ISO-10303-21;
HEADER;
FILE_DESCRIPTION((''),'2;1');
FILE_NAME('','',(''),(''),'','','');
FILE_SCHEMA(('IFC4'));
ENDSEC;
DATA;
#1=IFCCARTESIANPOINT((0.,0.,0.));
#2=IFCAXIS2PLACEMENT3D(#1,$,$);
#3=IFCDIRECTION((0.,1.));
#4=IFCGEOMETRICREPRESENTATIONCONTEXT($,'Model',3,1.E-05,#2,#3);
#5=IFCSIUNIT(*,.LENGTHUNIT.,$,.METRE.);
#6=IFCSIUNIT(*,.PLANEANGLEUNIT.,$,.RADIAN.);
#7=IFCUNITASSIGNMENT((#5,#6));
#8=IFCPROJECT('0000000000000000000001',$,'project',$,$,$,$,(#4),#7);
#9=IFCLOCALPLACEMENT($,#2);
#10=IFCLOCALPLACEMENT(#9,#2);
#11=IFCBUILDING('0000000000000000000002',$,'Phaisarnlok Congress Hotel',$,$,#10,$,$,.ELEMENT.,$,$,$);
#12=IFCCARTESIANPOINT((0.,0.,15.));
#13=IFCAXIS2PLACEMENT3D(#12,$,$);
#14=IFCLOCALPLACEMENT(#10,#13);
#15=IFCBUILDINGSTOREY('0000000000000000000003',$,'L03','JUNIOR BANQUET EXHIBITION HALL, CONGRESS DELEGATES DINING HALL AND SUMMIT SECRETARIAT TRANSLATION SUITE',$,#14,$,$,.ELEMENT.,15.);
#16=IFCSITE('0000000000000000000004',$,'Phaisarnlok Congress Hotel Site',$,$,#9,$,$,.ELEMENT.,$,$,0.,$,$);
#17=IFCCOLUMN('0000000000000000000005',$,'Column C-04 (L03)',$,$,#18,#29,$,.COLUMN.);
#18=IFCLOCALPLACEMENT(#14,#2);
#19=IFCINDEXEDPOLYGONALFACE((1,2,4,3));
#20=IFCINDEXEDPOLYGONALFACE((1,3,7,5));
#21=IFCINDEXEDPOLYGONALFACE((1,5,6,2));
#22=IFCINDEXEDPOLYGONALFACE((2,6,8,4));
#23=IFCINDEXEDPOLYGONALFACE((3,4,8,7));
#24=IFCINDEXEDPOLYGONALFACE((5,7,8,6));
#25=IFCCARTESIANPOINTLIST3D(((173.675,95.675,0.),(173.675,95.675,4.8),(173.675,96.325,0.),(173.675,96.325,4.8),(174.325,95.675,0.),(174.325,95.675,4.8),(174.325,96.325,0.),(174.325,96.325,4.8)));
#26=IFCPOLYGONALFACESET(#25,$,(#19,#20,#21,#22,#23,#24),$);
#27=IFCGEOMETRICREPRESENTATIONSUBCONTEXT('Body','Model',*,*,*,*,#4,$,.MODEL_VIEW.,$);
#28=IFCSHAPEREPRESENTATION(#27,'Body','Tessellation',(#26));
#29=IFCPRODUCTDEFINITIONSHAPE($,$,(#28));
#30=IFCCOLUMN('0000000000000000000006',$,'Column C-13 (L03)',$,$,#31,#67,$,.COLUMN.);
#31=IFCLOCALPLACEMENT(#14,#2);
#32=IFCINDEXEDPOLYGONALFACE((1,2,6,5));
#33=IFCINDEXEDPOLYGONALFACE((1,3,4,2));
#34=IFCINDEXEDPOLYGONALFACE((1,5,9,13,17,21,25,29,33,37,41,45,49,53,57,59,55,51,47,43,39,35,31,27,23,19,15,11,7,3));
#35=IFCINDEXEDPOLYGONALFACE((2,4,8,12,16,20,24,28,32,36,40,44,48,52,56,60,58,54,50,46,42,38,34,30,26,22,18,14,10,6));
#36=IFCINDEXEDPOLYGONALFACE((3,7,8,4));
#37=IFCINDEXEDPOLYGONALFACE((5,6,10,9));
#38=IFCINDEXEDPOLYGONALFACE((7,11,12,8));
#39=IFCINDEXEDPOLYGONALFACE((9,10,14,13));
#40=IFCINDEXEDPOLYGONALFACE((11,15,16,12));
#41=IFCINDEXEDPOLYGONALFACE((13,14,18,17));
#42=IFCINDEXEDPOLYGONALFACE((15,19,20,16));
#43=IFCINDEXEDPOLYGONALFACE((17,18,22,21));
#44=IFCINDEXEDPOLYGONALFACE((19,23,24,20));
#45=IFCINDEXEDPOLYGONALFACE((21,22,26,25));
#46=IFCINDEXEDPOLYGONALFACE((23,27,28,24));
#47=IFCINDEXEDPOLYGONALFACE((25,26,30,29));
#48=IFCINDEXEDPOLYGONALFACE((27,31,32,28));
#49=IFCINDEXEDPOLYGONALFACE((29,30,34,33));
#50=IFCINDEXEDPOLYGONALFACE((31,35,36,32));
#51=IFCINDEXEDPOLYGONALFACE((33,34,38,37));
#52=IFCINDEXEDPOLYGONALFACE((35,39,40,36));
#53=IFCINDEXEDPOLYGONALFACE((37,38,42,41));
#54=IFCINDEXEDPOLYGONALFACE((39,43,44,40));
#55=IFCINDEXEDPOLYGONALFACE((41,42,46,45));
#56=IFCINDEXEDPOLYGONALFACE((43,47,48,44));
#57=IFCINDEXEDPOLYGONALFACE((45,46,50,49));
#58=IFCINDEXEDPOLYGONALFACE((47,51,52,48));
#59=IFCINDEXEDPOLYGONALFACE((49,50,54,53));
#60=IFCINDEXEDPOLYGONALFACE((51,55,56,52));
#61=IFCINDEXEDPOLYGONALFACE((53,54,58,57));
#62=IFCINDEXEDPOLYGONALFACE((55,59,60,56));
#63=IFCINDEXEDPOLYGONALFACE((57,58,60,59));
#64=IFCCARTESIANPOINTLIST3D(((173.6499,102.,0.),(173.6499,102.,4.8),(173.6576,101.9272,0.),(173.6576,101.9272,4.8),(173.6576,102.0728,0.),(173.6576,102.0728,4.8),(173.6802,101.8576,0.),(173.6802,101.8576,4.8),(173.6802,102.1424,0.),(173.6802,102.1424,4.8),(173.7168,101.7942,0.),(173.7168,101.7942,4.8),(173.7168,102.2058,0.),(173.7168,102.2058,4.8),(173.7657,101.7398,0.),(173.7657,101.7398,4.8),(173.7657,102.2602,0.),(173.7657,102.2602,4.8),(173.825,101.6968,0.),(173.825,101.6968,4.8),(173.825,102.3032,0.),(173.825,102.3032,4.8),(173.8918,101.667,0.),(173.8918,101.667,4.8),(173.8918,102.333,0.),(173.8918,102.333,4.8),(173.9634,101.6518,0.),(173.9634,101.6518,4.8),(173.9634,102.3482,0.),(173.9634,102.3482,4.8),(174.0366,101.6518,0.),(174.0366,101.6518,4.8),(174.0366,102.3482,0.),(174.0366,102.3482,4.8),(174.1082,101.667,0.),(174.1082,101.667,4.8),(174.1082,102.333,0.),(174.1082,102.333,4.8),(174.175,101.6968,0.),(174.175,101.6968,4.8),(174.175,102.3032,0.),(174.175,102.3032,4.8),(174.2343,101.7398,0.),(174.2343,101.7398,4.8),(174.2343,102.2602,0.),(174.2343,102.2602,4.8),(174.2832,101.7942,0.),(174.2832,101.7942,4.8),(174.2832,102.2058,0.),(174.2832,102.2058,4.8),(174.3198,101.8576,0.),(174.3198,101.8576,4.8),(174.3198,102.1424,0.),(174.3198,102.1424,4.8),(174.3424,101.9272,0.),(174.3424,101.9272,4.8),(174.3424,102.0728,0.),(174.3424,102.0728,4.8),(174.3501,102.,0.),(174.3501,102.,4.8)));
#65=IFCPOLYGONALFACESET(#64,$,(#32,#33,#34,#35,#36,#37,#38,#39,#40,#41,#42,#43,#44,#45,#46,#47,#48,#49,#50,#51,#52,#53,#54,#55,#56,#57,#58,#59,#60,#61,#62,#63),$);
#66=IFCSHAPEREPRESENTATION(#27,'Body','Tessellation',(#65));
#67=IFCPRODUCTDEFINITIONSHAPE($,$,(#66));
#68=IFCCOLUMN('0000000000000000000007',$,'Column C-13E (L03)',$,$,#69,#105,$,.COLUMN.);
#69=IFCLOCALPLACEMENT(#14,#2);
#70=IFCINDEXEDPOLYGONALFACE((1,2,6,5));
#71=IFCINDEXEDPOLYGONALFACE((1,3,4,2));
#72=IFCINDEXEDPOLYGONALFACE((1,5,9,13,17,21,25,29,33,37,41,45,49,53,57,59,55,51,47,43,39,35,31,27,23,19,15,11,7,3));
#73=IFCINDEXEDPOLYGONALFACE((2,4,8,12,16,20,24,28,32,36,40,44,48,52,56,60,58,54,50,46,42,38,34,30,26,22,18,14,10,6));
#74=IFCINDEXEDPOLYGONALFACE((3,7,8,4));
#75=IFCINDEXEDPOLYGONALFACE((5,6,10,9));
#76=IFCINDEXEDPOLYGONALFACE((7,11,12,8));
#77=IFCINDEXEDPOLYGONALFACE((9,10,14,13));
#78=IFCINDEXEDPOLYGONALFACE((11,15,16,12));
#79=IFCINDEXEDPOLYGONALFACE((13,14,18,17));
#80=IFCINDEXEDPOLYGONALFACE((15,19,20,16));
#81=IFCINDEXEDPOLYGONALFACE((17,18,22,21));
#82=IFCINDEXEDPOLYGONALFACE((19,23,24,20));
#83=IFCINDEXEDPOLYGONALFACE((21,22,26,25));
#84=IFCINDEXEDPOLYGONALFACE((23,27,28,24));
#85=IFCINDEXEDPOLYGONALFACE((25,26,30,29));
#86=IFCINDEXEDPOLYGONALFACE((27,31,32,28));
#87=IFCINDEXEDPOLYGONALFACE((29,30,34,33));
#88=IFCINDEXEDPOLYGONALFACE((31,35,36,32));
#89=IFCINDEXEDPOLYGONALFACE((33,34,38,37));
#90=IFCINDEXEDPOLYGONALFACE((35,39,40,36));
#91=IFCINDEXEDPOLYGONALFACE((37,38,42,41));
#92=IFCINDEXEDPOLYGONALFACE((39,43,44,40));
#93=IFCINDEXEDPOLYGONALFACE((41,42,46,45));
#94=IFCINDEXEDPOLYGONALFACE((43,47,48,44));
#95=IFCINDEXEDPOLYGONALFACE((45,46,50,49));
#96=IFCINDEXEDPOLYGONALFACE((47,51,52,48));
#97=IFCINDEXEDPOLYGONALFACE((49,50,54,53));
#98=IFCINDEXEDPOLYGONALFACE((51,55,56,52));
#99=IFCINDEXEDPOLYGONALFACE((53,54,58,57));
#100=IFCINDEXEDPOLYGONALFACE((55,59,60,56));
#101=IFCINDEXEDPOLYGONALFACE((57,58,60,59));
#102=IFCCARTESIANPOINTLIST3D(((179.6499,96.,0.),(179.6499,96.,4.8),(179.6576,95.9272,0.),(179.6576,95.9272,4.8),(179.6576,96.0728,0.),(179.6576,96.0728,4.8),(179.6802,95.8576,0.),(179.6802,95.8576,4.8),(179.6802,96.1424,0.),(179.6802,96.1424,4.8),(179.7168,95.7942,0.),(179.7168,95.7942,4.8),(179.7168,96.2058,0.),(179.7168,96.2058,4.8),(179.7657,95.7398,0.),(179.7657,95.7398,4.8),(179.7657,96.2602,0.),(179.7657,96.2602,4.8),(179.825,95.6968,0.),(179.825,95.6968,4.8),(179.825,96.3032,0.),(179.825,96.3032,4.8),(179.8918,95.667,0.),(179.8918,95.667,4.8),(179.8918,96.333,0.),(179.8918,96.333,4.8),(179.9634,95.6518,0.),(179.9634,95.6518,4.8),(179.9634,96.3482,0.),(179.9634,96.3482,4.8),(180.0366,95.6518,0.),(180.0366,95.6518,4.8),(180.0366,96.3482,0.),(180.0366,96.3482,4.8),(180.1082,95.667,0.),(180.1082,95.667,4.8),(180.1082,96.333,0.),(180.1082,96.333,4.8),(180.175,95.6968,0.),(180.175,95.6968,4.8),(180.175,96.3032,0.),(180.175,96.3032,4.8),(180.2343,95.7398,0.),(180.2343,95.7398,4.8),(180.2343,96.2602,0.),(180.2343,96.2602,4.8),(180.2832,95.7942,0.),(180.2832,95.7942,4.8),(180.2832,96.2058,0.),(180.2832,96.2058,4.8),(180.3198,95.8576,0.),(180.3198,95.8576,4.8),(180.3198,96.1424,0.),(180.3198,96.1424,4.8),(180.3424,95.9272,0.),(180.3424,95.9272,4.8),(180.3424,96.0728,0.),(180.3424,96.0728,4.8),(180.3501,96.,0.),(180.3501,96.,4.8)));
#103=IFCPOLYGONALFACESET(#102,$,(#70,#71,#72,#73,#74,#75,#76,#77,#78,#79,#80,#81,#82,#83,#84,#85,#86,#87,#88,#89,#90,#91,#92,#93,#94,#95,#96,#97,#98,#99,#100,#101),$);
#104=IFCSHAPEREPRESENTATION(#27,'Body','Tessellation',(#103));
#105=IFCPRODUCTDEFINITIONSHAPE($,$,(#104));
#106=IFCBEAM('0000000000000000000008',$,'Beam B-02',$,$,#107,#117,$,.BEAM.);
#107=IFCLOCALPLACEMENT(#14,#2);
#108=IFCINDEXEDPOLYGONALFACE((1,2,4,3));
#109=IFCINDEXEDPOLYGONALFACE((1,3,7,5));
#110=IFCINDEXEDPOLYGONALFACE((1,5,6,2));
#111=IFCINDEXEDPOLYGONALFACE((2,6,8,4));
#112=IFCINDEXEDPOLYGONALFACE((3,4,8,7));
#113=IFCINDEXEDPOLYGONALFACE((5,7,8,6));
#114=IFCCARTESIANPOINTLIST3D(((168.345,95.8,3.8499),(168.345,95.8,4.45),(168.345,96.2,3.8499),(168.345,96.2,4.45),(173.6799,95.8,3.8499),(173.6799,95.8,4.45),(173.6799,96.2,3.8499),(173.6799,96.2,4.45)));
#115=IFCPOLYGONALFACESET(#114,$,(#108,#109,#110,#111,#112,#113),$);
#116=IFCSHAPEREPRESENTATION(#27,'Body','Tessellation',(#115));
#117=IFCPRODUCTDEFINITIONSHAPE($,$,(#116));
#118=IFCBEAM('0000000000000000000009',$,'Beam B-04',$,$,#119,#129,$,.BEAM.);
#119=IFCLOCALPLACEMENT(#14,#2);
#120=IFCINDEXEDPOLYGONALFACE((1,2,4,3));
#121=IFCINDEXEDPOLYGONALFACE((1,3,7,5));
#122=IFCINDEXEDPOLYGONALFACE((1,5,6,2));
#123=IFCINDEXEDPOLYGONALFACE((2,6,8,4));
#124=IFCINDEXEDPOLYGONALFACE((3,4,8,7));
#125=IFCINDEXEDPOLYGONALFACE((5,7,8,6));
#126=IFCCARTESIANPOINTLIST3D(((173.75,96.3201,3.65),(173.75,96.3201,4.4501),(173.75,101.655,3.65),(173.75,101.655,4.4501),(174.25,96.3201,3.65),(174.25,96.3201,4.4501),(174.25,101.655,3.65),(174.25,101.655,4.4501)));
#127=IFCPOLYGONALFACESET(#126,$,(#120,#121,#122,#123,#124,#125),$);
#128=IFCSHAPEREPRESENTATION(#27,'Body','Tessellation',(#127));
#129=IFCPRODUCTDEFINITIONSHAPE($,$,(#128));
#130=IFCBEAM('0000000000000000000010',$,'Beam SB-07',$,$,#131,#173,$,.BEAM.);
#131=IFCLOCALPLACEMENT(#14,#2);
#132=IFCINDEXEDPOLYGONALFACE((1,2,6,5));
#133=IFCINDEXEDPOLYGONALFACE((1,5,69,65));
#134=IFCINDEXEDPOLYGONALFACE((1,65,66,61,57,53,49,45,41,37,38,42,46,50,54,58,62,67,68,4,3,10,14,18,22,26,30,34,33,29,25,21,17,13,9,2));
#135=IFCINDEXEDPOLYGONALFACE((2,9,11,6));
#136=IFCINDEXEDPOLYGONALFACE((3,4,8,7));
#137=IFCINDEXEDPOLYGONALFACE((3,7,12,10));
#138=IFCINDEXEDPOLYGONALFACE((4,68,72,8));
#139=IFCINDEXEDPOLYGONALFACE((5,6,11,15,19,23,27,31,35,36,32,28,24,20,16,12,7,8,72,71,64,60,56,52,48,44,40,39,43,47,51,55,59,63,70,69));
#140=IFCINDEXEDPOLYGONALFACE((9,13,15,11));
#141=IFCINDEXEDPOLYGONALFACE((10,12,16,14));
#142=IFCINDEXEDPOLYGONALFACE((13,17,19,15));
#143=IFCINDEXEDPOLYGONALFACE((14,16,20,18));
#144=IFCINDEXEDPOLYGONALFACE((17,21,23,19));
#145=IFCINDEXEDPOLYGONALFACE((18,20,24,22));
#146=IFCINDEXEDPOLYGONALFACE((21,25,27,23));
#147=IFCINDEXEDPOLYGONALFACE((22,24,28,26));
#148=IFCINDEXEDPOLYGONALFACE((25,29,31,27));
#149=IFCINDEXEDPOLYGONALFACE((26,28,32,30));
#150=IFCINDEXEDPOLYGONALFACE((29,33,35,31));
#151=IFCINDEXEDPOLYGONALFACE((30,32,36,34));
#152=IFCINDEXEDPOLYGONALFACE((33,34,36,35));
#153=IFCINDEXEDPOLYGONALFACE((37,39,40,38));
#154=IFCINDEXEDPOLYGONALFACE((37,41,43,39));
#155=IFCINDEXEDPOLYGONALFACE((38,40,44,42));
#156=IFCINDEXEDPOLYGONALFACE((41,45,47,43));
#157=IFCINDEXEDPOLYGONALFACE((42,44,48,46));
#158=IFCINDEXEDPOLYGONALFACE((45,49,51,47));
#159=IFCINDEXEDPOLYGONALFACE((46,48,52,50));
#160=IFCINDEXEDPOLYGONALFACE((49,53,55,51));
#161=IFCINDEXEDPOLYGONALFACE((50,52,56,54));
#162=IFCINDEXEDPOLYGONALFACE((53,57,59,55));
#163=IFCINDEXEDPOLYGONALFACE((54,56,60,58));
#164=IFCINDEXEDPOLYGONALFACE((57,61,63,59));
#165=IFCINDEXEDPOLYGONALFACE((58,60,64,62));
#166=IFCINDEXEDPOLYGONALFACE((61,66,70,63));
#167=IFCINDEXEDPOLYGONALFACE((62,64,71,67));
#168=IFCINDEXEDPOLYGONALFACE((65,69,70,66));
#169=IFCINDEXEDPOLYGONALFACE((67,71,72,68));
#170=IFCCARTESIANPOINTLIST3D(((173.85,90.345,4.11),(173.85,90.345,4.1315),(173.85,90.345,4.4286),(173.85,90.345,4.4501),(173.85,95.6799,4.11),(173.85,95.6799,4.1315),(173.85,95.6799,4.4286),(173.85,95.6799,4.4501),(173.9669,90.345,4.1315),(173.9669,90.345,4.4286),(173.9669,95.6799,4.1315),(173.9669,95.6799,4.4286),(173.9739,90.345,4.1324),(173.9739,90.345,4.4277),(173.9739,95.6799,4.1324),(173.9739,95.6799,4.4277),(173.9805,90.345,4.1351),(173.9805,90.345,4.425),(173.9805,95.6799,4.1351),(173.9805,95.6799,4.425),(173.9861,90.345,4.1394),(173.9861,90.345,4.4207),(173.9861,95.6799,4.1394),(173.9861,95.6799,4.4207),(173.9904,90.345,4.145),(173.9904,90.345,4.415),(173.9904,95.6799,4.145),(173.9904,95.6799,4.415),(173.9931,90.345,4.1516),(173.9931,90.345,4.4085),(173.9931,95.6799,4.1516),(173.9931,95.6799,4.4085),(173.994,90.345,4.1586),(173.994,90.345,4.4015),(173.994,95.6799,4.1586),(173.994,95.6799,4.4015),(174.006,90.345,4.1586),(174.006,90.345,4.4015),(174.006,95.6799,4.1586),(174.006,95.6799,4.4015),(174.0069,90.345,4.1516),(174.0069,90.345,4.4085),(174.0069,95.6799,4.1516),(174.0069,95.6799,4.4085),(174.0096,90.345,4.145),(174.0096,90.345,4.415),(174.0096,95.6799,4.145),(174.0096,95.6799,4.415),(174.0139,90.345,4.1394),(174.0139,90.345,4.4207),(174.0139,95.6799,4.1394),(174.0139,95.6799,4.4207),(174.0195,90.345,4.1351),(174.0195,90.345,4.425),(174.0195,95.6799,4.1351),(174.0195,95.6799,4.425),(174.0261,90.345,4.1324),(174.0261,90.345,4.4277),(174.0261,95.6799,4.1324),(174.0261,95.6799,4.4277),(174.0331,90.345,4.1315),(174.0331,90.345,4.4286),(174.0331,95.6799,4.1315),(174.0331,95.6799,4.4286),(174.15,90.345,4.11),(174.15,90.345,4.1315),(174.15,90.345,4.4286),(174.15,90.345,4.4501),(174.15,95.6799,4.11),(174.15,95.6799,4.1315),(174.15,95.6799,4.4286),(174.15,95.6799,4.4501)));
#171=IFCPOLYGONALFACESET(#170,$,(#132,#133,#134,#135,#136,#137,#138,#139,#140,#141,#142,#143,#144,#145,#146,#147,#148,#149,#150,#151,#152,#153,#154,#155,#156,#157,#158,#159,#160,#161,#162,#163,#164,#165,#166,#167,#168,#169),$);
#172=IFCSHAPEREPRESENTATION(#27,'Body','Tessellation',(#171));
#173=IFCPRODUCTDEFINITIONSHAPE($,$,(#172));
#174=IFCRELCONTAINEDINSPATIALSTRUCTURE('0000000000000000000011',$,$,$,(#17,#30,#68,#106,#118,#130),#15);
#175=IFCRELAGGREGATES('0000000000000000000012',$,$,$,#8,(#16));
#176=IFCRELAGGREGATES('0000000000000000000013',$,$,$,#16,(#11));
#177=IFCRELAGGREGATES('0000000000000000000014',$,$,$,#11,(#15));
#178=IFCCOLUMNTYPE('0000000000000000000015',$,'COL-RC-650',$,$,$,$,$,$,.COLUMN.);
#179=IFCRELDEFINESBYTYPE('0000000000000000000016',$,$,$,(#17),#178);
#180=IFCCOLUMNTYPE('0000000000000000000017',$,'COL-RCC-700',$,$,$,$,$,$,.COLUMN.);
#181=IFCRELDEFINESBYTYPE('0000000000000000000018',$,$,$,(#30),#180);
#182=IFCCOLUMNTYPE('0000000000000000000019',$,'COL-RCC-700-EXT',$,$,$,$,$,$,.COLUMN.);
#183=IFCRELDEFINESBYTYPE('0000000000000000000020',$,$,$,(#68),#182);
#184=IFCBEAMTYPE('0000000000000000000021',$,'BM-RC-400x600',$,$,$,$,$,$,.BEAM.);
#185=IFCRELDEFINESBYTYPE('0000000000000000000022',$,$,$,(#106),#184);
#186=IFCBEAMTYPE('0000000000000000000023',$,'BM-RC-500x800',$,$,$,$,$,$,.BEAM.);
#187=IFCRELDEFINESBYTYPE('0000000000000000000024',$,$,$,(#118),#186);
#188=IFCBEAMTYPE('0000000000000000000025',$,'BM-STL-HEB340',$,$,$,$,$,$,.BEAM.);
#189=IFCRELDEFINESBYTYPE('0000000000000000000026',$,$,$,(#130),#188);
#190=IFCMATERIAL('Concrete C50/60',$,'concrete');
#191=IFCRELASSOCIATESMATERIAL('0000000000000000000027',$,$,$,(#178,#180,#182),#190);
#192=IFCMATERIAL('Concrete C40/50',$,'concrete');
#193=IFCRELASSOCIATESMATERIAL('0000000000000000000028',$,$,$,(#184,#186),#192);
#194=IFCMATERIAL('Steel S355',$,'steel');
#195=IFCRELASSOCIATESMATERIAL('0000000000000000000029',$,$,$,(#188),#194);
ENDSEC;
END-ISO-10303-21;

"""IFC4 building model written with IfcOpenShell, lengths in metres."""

from ifc_helpers import new_model, si_unit, direction, frame, origin, origin_2d, place, context, subcontext, project, spatial, rectangle, circle, i_section, extrude, material, material_profile, profile_set, type_object, element, save


model = new_model("IFC4")

# Units and contexts
model_context = context("Model", 3, precision=1e-05, world=origin(), true_north=direction((0.0, 1.0)))
body_context = subcontext(model_context, "Body", "Model", "MODEL_VIEW")
ifc_project = project(units=[si_unit("LENGTHUNIT", "METRE"), si_unit("PLANEANGLEUNIT", "RADIAN")], contexts=[model_context])

# Site, building, storey
site_placement = place(None, origin())
site = spatial("IfcSite", under=ifc_project, at=site_placement, Name="Phaisarnlok Congress Hotel Site", CompositionType="ELEMENT", RefElevation=0.0)
building_placement = place(site_placement, origin())
building = spatial("IfcBuilding", under=site, at=building_placement, Name="Phaisarnlok Congress Hotel", CompositionType="ELEMENT")
storey_placement = place(building_placement, frame((0.0, 0.0, 15.0)))
storey = spatial("IfcBuildingStorey", under=building, at=storey_placement, Name="L03", Description="JUNIOR BANQUET EXHIBITION HALL, CONGRESS DELEGATES DINING HALL AND SUMMIT SECRETARIAT TRANSLATION SUITE", CompositionType="ELEMENT", Elevation=15.0)

# Columns
ifc_material_1 = material(Name="Concrete C50/60", Category="concrete")
ifc_material_profile_1 = material_profile(ifc_material_1, rectangle(XDim=0.6499, YDim=0.6499, at=origin_2d()), Name="RC 650x650")
ifc_profile_set_1 = profile_set([ifc_material_profile_1], Name="Concrete C50/60")
column_type_1 = type_object("IfcColumnType", Name="COL-RC-650", PredefinedType="COLUMN", material=ifc_profile_set_1)
column_1_placement = place(storey_placement, frame((174.0, 96.0, 0.0), z_axis=(0.0, 0.0, 1.0), x_axis=(1.0, 0.0, 0.0)))
element("IfcColumn", 1, at=column_1_placement, inside=storey, type_object=column_type_1, Name="Column C-04 (L03)", PredefinedType="COLUMN", context=body_context, shape_type="SweptSolid", body=[
    extrude(rectangle(XDim=0.6499, YDim=0.6499, at=origin_2d()), origin(), (0.0, 0.0, 1.0), 4.8),
])
ifc_material_profile_2 = material_profile(ifc_material_1, circle(Radius=0.3501, at=origin_2d()), Name="RCC D700")
ifc_profile_set_2 = profile_set([ifc_material_profile_2], Name="Concrete C50/60")
column_type_2 = type_object("IfcColumnType", Name="COL-RCC-700", PredefinedType="COLUMN", material=ifc_profile_set_2)
column_2_placement = place(storey_placement, frame((174.0, 102.0, 0.0), z_axis=(0.0, 0.0, 1.0), x_axis=(1.0, 0.0, 0.0)))
element("IfcColumn", 2, at=column_2_placement, inside=storey, type_object=column_type_2, Name="Column C-13 (L03)", PredefinedType="COLUMN", context=body_context, shape_type="SweptSolid", body=[
    extrude(circle(Radius=0.3501, at=origin_2d()), origin(), (0.0, 0.0, 1.0), 4.8),
])
ifc_material_profile_3 = material_profile(ifc_material_1, circle(Radius=0.3501, at=origin_2d()), Name="RCC D700")
ifc_profile_set_3 = profile_set([ifc_material_profile_3], Name="Concrete C50/60")
column_type_3 = type_object("IfcColumnType", Name="COL-RCC-700-EXT", PredefinedType="COLUMN", material=ifc_profile_set_3)
column_3_placement = place(storey_placement, frame((180.0, 96.0, 0.0), z_axis=(0.0, 0.0, 1.0), x_axis=(1.0, 0.0, 0.0)))
element("IfcColumn", 3, at=column_3_placement, inside=storey, type_object=column_type_3, Name="Column C-13E (L03)", PredefinedType="COLUMN", context=body_context, shape_type="SweptSolid", body=[
    extrude(circle(Radius=0.3501, at=origin_2d()), origin(), (0.0, 0.0, 1.0), 4.8),
])

# Beams
ifc_material_2 = material(Name="Concrete C40/50", Category="concrete")
ifc_material_profile_4 = material_profile(ifc_material_2, rectangle(XDim=0.3999, YDim=0.6001, at=origin_2d()), Name="RC 400x600")
ifc_profile_set_4 = profile_set([ifc_material_profile_4], Name="Concrete C40/50")
beam_type_1 = type_object("IfcBeamType", Name="BM-RC-400x600", PredefinedType="BEAM", material=ifc_profile_set_4)
beam_1_placement = place(storey_placement, frame((168.345, 96.0, 4.1499), z_axis=(1.0, 0.0, 0.0), x_axis=(0.0, 1.0, 0.0)))
element("IfcBeam", 4, at=beam_1_placement, inside=storey, type_object=beam_type_1, Name="Beam B-02", PredefinedType="BEAM", context=body_context, shape_type="SweptSolid", body=[
    extrude(rectangle(XDim=0.3999, YDim=0.6001, at=origin_2d()), origin(), (0.0, 0.0, 1.0), 5.335),
])
ifc_material_profile_5 = material_profile(ifc_material_2, rectangle(XDim=0.5, YDim=0.8, at=origin_2d()), Name="RC 500x800")
ifc_profile_set_5 = profile_set([ifc_material_profile_5], Name="Concrete C40/50")
beam_type_2 = type_object("IfcBeamType", Name="BM-RC-500x800", PredefinedType="BEAM", material=ifc_profile_set_5)
beam_2_placement = place(storey_placement, frame((174.0, 96.3201, 4.05), z_axis=(0.0, 1.0, 0.0), x_axis=(-1.0, 0.0, 0.0)))
element("IfcBeam", 5, at=beam_2_placement, inside=storey, type_object=beam_type_2, Name="Beam B-04", PredefinedType="BEAM", context=body_context, shape_type="SweptSolid", body=[
    extrude(rectangle(XDim=0.5, YDim=0.8, at=origin_2d()), origin(), (0.0, 0.0, 1.0), 5.335),
])
ifc_material_3 = material(Name="Steel S355", Category="steel")
ifc_material_profile_6 = material_profile(ifc_material_3, i_section(OverallWidth=0.3, OverallDepth=0.3401, WebThickness=0.012, FlangeThickness=0.0215, FilletRadius=0.0271, at=origin_2d()), Name="HEB 340")
ifc_profile_set_6 = profile_set([ifc_material_profile_6], Name="Steel S355")
beam_type_3 = type_object("IfcBeamType", Name="BM-STL-HEB340", PredefinedType="BEAM", material=ifc_profile_set_6)
beam_3_placement = place(storey_placement, frame((174.0, 90.345, 4.28), z_axis=(0.0, 1.0, 0.0), x_axis=(-1.0, 0.0, 0.0)))
element("IfcBeam", 6, at=beam_3_placement, inside=storey, type_object=beam_type_3, Name="Beam SB-07", PredefinedType="BEAM", context=body_context, shape_type="SweptSolid", body=[
    extrude(i_section(OverallWidth=0.3, OverallDepth=0.3401, WebThickness=0.012, FlangeThickness=0.0215, FilletRadius=0.0271, at=origin_2d()), origin(), (0.0, 0.0, 1.0), 5.335),
])

save(model, "model.ifc")
